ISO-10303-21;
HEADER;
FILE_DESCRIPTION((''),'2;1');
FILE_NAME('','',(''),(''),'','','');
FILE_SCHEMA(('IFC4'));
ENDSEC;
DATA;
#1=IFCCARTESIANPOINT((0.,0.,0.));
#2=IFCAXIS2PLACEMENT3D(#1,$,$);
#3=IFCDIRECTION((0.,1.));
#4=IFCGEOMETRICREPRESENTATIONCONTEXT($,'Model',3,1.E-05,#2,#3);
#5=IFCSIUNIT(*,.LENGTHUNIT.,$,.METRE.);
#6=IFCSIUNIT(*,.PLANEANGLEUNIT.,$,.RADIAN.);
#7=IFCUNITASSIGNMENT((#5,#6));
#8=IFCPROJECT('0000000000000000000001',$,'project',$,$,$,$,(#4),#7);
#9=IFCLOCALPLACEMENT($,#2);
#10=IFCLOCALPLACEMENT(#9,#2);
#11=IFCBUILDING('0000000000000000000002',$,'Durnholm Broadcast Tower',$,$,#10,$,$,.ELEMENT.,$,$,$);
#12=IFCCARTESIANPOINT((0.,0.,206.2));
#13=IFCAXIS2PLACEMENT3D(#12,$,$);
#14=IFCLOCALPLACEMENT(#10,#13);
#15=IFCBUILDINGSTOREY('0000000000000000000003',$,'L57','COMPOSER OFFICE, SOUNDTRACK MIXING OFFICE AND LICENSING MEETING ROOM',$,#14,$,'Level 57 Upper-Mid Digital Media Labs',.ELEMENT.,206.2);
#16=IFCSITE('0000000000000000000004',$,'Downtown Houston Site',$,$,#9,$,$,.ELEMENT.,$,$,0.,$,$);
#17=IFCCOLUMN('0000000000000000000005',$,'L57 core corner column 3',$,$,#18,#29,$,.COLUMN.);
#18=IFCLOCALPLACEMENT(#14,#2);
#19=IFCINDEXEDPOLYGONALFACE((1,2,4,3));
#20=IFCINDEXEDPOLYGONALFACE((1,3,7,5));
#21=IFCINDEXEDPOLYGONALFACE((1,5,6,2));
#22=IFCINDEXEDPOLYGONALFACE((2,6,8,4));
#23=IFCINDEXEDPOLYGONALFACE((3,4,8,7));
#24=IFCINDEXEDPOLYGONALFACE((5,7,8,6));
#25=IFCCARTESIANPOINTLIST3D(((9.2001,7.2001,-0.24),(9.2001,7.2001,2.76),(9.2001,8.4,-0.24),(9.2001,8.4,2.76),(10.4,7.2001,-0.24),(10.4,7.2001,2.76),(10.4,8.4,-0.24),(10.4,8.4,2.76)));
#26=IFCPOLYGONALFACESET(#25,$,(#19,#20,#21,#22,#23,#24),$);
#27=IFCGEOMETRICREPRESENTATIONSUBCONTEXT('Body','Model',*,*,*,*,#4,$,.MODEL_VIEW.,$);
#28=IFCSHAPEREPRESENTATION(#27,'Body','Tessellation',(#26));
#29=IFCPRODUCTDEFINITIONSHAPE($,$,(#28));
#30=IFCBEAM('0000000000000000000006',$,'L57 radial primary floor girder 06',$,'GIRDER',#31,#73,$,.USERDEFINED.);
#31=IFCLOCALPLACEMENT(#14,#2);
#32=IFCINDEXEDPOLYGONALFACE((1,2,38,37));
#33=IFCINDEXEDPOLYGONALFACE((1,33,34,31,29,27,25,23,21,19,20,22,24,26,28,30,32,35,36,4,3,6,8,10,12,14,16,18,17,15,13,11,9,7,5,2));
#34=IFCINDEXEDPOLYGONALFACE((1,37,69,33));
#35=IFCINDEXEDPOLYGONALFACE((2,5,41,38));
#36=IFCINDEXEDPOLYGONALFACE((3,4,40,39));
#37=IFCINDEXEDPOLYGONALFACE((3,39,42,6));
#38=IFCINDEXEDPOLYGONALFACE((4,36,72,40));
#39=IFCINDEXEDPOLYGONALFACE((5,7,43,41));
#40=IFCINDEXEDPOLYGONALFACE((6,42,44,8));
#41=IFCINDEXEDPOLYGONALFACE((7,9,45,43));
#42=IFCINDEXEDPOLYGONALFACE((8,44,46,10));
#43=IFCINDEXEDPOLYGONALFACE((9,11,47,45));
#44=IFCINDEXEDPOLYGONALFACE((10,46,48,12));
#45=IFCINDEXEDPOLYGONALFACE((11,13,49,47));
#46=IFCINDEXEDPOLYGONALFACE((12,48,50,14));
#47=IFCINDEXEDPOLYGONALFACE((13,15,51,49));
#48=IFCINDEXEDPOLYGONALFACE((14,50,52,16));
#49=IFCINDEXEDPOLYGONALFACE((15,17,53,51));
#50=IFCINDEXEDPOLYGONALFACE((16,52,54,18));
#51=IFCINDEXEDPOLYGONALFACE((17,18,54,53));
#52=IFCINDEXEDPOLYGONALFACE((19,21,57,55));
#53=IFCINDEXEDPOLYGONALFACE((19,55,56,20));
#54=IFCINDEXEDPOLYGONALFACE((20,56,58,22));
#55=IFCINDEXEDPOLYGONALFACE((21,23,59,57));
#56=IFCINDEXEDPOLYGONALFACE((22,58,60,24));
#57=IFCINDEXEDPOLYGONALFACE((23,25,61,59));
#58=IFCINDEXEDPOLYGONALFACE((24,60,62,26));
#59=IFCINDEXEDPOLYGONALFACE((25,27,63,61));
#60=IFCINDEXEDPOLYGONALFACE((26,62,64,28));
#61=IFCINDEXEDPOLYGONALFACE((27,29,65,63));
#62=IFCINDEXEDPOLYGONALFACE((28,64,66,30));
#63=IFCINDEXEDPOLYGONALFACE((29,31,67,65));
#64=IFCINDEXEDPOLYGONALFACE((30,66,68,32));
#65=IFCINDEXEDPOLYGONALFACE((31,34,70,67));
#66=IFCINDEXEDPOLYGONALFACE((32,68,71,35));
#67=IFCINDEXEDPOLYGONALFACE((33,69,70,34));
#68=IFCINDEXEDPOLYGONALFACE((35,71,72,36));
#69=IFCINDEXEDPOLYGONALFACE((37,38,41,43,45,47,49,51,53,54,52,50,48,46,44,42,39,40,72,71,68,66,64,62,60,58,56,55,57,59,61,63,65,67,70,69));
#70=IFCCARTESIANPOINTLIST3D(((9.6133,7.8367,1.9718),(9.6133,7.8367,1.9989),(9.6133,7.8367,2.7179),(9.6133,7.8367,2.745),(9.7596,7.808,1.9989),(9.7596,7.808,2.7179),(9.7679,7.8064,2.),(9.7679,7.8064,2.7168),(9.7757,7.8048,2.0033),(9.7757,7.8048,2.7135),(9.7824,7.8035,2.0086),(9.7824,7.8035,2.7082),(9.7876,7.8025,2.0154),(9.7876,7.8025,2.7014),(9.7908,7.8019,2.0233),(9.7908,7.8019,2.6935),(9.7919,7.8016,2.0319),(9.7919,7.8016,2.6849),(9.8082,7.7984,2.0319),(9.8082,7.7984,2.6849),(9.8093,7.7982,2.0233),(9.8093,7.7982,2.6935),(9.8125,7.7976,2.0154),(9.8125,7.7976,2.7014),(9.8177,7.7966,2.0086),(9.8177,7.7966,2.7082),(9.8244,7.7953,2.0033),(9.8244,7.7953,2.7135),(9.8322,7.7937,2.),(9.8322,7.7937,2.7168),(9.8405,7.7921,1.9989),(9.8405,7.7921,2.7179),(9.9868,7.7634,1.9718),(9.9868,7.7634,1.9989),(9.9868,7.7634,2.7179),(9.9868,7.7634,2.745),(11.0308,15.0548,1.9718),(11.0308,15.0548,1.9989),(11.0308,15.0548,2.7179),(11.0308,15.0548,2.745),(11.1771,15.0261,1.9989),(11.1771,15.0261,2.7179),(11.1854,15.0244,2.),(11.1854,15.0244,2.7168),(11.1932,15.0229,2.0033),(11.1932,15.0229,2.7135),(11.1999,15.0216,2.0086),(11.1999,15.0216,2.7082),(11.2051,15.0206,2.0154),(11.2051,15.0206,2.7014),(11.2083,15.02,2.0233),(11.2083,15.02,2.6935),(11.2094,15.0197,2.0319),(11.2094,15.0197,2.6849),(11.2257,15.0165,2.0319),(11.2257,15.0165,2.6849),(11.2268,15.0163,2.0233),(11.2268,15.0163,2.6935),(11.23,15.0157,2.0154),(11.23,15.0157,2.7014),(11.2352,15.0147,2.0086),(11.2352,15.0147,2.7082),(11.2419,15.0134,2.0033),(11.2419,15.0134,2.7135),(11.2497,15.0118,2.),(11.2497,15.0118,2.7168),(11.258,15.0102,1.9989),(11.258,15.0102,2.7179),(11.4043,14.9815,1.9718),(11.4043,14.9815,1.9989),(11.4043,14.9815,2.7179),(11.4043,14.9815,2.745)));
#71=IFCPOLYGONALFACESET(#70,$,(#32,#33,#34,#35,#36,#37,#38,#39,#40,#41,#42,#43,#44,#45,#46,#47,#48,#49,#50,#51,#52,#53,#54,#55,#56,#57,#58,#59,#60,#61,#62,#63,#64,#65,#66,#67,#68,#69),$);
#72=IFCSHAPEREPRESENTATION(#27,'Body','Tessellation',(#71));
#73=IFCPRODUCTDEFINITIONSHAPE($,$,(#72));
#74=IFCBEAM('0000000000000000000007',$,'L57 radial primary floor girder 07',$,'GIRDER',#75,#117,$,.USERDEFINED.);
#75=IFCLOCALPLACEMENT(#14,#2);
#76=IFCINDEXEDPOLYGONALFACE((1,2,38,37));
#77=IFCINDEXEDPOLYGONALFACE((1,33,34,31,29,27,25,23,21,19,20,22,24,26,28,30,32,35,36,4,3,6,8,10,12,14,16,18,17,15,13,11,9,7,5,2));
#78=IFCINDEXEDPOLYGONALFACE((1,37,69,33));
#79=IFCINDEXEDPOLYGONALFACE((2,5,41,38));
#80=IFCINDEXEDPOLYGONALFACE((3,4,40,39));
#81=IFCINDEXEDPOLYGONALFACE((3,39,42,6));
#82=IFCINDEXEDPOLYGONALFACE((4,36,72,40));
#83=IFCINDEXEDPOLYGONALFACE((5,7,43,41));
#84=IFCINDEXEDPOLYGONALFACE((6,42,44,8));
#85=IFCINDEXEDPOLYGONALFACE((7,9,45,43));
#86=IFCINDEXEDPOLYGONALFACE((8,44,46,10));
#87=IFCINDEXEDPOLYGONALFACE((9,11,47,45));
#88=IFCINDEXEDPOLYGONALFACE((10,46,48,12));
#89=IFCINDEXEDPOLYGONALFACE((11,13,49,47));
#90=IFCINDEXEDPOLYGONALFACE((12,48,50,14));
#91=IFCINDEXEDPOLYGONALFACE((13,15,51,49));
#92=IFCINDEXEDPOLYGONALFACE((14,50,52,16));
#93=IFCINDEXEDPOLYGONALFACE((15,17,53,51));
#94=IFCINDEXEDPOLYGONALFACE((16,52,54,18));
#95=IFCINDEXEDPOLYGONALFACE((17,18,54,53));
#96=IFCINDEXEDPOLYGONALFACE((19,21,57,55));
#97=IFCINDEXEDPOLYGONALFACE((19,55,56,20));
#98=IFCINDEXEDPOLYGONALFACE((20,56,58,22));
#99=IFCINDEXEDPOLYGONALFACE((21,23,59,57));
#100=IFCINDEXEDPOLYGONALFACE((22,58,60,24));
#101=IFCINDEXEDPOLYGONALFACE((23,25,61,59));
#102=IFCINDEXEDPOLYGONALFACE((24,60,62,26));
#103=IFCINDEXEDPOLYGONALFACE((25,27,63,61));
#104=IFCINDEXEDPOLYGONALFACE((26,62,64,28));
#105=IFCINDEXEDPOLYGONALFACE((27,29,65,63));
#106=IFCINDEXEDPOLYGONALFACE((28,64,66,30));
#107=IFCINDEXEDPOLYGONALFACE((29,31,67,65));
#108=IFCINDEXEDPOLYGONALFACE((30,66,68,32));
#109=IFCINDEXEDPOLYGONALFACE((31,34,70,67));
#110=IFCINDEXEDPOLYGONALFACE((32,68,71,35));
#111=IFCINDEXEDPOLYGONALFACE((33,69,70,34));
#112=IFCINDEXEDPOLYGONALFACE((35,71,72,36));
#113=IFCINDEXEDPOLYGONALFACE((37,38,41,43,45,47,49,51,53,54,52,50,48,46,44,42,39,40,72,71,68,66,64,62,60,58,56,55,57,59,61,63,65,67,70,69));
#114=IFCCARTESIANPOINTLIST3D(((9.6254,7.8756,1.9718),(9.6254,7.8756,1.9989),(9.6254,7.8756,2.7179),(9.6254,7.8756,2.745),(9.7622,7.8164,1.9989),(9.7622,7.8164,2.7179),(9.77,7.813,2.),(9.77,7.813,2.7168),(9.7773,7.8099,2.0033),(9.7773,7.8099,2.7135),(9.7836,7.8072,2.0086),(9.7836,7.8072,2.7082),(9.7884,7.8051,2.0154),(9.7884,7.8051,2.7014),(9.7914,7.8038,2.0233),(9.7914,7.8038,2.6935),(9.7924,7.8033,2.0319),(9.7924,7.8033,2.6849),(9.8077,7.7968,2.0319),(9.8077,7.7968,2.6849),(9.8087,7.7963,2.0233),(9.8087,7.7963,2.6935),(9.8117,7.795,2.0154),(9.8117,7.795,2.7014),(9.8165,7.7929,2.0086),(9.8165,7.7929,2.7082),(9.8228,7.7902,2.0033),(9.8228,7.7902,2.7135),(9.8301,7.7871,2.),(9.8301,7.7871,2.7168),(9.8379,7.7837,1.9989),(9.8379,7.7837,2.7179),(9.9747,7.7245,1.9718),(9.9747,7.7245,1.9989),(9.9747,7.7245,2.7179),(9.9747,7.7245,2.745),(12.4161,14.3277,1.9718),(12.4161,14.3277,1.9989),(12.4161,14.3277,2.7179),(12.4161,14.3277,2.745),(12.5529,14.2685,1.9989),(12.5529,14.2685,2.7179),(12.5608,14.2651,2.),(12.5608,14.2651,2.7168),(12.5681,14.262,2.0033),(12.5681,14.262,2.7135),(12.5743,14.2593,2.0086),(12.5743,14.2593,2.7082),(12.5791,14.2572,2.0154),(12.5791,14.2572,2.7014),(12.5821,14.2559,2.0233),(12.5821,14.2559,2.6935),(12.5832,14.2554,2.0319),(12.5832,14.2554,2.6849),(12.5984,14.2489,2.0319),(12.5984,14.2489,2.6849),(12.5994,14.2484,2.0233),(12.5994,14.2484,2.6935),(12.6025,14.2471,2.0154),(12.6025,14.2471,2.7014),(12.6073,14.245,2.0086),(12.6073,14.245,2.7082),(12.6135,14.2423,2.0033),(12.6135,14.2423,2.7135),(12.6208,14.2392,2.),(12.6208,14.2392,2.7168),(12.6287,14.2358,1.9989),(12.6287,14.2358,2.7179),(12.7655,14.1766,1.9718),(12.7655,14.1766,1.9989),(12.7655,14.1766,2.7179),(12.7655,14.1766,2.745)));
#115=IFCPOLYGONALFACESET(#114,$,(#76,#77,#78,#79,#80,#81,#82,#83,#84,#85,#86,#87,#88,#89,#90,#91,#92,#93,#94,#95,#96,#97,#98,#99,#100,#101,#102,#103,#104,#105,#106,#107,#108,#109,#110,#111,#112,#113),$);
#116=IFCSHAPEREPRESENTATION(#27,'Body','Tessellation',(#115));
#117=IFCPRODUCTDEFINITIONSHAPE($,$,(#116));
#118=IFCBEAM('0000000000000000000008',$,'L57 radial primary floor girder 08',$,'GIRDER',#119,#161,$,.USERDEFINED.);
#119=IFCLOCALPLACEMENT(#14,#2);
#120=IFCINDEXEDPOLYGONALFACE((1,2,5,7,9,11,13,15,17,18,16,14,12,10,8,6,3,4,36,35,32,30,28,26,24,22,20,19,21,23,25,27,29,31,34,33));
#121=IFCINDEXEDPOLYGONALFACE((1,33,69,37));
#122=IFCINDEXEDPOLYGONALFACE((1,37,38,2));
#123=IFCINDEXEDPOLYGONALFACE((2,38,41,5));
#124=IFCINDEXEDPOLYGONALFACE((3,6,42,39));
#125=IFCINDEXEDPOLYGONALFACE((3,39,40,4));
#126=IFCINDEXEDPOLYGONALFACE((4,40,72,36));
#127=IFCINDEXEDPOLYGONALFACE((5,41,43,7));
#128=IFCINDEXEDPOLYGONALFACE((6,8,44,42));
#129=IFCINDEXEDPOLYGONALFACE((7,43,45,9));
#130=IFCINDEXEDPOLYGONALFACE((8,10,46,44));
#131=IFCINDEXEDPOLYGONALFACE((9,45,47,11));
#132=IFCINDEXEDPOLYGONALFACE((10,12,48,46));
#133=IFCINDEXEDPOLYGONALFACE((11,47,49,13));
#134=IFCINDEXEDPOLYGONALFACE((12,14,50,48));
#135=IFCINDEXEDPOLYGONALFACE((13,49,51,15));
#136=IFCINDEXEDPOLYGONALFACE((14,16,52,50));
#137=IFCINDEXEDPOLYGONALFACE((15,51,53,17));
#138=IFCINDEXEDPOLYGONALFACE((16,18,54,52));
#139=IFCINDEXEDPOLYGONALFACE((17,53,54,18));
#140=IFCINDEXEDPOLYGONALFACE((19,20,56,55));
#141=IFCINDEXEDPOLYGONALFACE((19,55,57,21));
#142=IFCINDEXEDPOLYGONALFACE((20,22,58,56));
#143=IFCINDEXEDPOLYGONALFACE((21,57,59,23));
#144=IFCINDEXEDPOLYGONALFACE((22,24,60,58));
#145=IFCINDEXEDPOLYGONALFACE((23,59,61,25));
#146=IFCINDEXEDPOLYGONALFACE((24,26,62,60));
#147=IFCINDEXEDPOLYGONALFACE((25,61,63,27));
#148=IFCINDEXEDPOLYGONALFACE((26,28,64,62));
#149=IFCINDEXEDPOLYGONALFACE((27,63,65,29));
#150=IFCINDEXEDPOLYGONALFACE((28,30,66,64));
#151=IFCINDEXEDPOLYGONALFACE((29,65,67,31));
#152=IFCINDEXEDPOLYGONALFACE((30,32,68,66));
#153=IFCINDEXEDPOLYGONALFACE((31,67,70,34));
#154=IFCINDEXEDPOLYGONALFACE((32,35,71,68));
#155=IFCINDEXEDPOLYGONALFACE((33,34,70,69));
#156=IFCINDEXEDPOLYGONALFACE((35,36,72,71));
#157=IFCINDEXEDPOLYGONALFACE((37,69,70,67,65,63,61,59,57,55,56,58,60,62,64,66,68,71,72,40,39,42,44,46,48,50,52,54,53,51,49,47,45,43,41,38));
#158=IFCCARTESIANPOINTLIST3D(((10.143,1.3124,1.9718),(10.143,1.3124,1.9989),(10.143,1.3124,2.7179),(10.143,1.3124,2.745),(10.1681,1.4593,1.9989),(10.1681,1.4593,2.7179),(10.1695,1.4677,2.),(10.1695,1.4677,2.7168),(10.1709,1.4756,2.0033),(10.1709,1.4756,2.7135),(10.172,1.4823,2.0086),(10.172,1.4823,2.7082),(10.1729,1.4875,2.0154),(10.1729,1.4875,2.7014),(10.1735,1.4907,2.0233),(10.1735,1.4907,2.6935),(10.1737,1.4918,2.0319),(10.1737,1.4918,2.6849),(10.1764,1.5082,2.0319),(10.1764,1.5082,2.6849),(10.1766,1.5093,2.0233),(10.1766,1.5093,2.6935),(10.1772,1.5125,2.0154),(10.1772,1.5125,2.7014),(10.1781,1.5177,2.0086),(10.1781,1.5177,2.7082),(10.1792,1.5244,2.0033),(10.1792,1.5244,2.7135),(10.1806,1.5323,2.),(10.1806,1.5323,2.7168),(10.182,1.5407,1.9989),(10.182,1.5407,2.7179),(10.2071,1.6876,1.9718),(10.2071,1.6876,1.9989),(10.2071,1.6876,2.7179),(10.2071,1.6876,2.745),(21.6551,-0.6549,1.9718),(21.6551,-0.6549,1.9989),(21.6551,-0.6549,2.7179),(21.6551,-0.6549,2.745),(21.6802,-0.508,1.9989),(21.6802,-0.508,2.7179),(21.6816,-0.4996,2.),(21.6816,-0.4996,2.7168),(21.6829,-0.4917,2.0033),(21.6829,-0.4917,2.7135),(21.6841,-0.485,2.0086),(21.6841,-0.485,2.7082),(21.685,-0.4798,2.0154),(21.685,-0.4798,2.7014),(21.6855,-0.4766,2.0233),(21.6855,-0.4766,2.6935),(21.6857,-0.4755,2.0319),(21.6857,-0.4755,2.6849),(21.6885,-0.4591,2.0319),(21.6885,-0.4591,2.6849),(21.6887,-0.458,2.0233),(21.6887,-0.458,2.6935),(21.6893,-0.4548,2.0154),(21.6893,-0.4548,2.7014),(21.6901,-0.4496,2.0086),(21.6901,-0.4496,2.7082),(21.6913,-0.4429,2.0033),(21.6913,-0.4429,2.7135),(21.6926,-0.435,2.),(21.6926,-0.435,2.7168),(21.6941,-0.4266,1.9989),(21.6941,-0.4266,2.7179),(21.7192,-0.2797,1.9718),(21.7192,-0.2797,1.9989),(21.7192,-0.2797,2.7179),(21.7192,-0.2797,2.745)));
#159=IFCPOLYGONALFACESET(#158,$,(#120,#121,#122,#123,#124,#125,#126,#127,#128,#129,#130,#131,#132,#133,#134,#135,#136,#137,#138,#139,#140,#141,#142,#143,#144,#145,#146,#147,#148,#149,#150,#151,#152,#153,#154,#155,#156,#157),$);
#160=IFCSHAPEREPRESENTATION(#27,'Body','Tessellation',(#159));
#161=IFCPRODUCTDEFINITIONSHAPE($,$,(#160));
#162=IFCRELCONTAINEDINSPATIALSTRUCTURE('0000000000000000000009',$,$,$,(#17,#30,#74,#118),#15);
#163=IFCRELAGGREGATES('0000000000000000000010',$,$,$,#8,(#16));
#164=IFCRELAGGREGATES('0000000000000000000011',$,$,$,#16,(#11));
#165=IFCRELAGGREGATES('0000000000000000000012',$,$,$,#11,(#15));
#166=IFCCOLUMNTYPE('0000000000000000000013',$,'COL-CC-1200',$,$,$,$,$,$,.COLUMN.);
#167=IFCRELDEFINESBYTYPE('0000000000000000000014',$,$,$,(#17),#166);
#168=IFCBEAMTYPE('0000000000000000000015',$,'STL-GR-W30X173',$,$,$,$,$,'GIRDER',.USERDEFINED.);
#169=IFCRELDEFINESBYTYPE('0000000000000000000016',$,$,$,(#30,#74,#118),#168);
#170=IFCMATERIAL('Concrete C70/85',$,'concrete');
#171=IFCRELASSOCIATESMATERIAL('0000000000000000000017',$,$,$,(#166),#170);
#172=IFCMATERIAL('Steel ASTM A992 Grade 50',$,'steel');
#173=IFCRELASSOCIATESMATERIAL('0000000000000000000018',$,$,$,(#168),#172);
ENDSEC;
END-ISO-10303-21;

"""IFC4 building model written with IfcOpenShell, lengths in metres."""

from ifc_helpers import new_model, si_unit, direction, frame, origin, origin_2d, place, context, subcontext, project, spatial, rectangle, i_section, extrude, source, transform, mapped, material, material_profile, profile_set, type_object, type_shapes, element, save


model = new_model("IFC4")

# Units and contexts
model_context = context("Model", 3, precision=1e-05, world=origin(), true_north=direction((0.0, 1.0)))
body_context = subcontext(model_context, "Body", "Model", "MODEL_VIEW")
ifc_project = project(units=[si_unit("LENGTHUNIT", "METRE"), si_unit("PLANEANGLEUNIT", "RADIAN")], contexts=[model_context])

# Site, building, storey
site_placement = place(None, origin())
site = spatial("IfcSite", under=ifc_project, at=site_placement, Name="Downtown Houston Site", CompositionType="ELEMENT", RefElevation=0.0)
building_placement = place(site_placement, origin())
building = spatial("IfcBuilding", under=site, at=building_placement, Name="Durnholm Broadcast Tower", CompositionType="ELEMENT")
storey_placement = place(building_placement, frame((0.0, 0.0, 206.2)))
storey = spatial("IfcBuildingStorey", under=building, at=storey_placement, Name="L57", Description="COMPOSER OFFICE, SOUNDTRACK MIXING OFFICE AND LICENSING MEETING ROOM", LongName="Level 57 Upper-Mid Digital Media Labs", CompositionType="ELEMENT", Elevation=206.2)

# Column
ifc_material_1 = material(Name="Concrete C70/85", Category="concrete")
ifc_material_profile_1 = material_profile(ifc_material_1, rectangle(XDim=1.2, YDim=1.2, at=origin_2d()), Name="RC1200X1200")
ifc_profile_set_1 = profile_set([ifc_material_profile_1], Name="Concrete C70/85")
column_type = type_object("IfcColumnType", Name="COL-CC-1200", PredefinedType="COLUMN", material=ifc_profile_set_1)
shared_shape_1 = source(origin(), body_context, "Body", "SweptSolid", [
    extrude(rectangle(XDim=1.2, YDim=1.2, at=origin_2d()), origin(), (0.0, 0.0, 1.0), 3.0),
])
type_shapes(column_type, [shared_shape_1])
column_placement = place(storey_placement, frame((9.8, 7.8, -0.24), z_axis=(0.0, 0.0, 1.0), x_axis=(1.0, 0.0, 0.0)))
element("IfcColumn", 1, at=column_placement, inside=storey, type_object=column_type, Name="L57 core corner column 3", PredefinedType="COLUMN", context=body_context, shape_type="MappedRepresentation", body=[
    mapped(shared_shape_1, transform((0.0, 0.0, 0.0), x_axis=(1.0, 0.0, 0.0), y_axis=(0.0, 1.0, 0.0), z_axis=(0.0, 0.0, 1.0), scale=1.0)),
])

# Beams
ifc_material_2 = material(Name="Steel ASTM A992 Grade 50", Category="steel")
ifc_material_profile_2 = material_profile(ifc_material_2, i_section(OverallWidth=0.3806, OverallDepth=0.7732, WebThickness=0.0166, FlangeThickness=0.0271, FilletRadius=0.033, at=origin_2d()), Name="W30X173")
ifc_profile_set_2 = profile_set([ifc_material_profile_2], Name="Steel ASTM A992 Grade 50")
beam_type_1 = type_object("IfcBeamType", Name="STL-GR-W30X173", ElementType="GIRDER", PredefinedType="USERDEFINED", material=ifc_profile_set_2)
shared_shape_2 = source(origin(), body_context, "Body", "SweptSolid", [
    extrude(i_section(OverallWidth=0.3806, OverallDepth=0.7732, WebThickness=0.0166, FlangeThickness=0.0271, FilletRadius=0.033, at=origin_2d()), origin(), (0.0, 0.0, 1.0), 7.356),
])
beam_1_placement = place(storey_placement, frame((9.8, 7.8, 2.3584), z_axis=(0.1927, 0.981258, 0.0), x_axis=(-0.981258, 0.1927, 0.0)))
element("IfcBeam", 2, at=beam_1_placement, inside=storey, type_object=beam_type_1, Name="L57 radial primary floor girder 06", ObjectType="GIRDER", PredefinedType="USERDEFINED", context=body_context, shape_type="MappedRepresentation", body=[
    mapped(shared_shape_2, transform((0.0, 0.0, 0.0), x_axis=(1.0, 0.0, 0.0), y_axis=(0.0, 1.0, 0.0), z_axis=(0.0, 0.0, 1.0), scale=1.0)),
])
shared_shape_3 = source(origin(), body_context, "Body", "SweptSolid", [
    extrude(i_section(OverallWidth=0.3806, OverallDepth=0.7732, WebThickness=0.0166, FlangeThickness=0.0271, FilletRadius=0.033, at=origin_2d()), origin(), (0.0, 0.0, 1.0), 7.0298),
])
beam_2_placement = place(storey_placement, frame((9.8, 7.8, 2.3584), z_axis=(0.396989, 0.917823, 0.0), x_axis=(-0.917823, 0.396989, 0.0)))
element("IfcBeam", 3, at=beam_2_placement, inside=storey, type_object=beam_type_1, Name="L57 radial primary floor girder 07", ObjectType="GIRDER", PredefinedType="USERDEFINED", context=body_context, shape_type="MappedRepresentation", body=[
    mapped(shared_shape_3, transform((0.0, 0.0, 0.0), x_axis=(1.0, 0.0, 0.0), y_axis=(0.0, 1.0, 0.0), z_axis=(0.0, 0.0, 1.0), scale=1.0)),
])
shared_shape_4 = source(origin(), body_context, "Body", "SweptSolid", [
    extrude(i_section(OverallWidth=0.3806, OverallDepth=0.7732, WebThickness=0.0166, FlangeThickness=0.0271, FilletRadius=0.033, at=origin_2d()), origin(), (0.0, 0.0, 1.0), 11.679),
])
beam_3_placement = place(storey_placement, frame((10.175, 1.5, 2.3584), z_axis=(0.98571, -0.168449, 0.0), x_axis=(0.168449, 0.98571, 0.0)))
element("IfcBeam", 4, at=beam_3_placement, inside=storey, type_object=beam_type_1, Name="L57 radial primary floor girder 08", ObjectType="GIRDER", PredefinedType="USERDEFINED", context=body_context, shape_type="MappedRepresentation", body=[
    mapped(shared_shape_4, transform((0.0, 0.0, 0.0), x_axis=(1.0, 0.0, 0.0), y_axis=(0.0, 1.0, 0.0), z_axis=(0.0, 0.0, 1.0), scale=1.0)),
])

save(model, "model.ifc")
